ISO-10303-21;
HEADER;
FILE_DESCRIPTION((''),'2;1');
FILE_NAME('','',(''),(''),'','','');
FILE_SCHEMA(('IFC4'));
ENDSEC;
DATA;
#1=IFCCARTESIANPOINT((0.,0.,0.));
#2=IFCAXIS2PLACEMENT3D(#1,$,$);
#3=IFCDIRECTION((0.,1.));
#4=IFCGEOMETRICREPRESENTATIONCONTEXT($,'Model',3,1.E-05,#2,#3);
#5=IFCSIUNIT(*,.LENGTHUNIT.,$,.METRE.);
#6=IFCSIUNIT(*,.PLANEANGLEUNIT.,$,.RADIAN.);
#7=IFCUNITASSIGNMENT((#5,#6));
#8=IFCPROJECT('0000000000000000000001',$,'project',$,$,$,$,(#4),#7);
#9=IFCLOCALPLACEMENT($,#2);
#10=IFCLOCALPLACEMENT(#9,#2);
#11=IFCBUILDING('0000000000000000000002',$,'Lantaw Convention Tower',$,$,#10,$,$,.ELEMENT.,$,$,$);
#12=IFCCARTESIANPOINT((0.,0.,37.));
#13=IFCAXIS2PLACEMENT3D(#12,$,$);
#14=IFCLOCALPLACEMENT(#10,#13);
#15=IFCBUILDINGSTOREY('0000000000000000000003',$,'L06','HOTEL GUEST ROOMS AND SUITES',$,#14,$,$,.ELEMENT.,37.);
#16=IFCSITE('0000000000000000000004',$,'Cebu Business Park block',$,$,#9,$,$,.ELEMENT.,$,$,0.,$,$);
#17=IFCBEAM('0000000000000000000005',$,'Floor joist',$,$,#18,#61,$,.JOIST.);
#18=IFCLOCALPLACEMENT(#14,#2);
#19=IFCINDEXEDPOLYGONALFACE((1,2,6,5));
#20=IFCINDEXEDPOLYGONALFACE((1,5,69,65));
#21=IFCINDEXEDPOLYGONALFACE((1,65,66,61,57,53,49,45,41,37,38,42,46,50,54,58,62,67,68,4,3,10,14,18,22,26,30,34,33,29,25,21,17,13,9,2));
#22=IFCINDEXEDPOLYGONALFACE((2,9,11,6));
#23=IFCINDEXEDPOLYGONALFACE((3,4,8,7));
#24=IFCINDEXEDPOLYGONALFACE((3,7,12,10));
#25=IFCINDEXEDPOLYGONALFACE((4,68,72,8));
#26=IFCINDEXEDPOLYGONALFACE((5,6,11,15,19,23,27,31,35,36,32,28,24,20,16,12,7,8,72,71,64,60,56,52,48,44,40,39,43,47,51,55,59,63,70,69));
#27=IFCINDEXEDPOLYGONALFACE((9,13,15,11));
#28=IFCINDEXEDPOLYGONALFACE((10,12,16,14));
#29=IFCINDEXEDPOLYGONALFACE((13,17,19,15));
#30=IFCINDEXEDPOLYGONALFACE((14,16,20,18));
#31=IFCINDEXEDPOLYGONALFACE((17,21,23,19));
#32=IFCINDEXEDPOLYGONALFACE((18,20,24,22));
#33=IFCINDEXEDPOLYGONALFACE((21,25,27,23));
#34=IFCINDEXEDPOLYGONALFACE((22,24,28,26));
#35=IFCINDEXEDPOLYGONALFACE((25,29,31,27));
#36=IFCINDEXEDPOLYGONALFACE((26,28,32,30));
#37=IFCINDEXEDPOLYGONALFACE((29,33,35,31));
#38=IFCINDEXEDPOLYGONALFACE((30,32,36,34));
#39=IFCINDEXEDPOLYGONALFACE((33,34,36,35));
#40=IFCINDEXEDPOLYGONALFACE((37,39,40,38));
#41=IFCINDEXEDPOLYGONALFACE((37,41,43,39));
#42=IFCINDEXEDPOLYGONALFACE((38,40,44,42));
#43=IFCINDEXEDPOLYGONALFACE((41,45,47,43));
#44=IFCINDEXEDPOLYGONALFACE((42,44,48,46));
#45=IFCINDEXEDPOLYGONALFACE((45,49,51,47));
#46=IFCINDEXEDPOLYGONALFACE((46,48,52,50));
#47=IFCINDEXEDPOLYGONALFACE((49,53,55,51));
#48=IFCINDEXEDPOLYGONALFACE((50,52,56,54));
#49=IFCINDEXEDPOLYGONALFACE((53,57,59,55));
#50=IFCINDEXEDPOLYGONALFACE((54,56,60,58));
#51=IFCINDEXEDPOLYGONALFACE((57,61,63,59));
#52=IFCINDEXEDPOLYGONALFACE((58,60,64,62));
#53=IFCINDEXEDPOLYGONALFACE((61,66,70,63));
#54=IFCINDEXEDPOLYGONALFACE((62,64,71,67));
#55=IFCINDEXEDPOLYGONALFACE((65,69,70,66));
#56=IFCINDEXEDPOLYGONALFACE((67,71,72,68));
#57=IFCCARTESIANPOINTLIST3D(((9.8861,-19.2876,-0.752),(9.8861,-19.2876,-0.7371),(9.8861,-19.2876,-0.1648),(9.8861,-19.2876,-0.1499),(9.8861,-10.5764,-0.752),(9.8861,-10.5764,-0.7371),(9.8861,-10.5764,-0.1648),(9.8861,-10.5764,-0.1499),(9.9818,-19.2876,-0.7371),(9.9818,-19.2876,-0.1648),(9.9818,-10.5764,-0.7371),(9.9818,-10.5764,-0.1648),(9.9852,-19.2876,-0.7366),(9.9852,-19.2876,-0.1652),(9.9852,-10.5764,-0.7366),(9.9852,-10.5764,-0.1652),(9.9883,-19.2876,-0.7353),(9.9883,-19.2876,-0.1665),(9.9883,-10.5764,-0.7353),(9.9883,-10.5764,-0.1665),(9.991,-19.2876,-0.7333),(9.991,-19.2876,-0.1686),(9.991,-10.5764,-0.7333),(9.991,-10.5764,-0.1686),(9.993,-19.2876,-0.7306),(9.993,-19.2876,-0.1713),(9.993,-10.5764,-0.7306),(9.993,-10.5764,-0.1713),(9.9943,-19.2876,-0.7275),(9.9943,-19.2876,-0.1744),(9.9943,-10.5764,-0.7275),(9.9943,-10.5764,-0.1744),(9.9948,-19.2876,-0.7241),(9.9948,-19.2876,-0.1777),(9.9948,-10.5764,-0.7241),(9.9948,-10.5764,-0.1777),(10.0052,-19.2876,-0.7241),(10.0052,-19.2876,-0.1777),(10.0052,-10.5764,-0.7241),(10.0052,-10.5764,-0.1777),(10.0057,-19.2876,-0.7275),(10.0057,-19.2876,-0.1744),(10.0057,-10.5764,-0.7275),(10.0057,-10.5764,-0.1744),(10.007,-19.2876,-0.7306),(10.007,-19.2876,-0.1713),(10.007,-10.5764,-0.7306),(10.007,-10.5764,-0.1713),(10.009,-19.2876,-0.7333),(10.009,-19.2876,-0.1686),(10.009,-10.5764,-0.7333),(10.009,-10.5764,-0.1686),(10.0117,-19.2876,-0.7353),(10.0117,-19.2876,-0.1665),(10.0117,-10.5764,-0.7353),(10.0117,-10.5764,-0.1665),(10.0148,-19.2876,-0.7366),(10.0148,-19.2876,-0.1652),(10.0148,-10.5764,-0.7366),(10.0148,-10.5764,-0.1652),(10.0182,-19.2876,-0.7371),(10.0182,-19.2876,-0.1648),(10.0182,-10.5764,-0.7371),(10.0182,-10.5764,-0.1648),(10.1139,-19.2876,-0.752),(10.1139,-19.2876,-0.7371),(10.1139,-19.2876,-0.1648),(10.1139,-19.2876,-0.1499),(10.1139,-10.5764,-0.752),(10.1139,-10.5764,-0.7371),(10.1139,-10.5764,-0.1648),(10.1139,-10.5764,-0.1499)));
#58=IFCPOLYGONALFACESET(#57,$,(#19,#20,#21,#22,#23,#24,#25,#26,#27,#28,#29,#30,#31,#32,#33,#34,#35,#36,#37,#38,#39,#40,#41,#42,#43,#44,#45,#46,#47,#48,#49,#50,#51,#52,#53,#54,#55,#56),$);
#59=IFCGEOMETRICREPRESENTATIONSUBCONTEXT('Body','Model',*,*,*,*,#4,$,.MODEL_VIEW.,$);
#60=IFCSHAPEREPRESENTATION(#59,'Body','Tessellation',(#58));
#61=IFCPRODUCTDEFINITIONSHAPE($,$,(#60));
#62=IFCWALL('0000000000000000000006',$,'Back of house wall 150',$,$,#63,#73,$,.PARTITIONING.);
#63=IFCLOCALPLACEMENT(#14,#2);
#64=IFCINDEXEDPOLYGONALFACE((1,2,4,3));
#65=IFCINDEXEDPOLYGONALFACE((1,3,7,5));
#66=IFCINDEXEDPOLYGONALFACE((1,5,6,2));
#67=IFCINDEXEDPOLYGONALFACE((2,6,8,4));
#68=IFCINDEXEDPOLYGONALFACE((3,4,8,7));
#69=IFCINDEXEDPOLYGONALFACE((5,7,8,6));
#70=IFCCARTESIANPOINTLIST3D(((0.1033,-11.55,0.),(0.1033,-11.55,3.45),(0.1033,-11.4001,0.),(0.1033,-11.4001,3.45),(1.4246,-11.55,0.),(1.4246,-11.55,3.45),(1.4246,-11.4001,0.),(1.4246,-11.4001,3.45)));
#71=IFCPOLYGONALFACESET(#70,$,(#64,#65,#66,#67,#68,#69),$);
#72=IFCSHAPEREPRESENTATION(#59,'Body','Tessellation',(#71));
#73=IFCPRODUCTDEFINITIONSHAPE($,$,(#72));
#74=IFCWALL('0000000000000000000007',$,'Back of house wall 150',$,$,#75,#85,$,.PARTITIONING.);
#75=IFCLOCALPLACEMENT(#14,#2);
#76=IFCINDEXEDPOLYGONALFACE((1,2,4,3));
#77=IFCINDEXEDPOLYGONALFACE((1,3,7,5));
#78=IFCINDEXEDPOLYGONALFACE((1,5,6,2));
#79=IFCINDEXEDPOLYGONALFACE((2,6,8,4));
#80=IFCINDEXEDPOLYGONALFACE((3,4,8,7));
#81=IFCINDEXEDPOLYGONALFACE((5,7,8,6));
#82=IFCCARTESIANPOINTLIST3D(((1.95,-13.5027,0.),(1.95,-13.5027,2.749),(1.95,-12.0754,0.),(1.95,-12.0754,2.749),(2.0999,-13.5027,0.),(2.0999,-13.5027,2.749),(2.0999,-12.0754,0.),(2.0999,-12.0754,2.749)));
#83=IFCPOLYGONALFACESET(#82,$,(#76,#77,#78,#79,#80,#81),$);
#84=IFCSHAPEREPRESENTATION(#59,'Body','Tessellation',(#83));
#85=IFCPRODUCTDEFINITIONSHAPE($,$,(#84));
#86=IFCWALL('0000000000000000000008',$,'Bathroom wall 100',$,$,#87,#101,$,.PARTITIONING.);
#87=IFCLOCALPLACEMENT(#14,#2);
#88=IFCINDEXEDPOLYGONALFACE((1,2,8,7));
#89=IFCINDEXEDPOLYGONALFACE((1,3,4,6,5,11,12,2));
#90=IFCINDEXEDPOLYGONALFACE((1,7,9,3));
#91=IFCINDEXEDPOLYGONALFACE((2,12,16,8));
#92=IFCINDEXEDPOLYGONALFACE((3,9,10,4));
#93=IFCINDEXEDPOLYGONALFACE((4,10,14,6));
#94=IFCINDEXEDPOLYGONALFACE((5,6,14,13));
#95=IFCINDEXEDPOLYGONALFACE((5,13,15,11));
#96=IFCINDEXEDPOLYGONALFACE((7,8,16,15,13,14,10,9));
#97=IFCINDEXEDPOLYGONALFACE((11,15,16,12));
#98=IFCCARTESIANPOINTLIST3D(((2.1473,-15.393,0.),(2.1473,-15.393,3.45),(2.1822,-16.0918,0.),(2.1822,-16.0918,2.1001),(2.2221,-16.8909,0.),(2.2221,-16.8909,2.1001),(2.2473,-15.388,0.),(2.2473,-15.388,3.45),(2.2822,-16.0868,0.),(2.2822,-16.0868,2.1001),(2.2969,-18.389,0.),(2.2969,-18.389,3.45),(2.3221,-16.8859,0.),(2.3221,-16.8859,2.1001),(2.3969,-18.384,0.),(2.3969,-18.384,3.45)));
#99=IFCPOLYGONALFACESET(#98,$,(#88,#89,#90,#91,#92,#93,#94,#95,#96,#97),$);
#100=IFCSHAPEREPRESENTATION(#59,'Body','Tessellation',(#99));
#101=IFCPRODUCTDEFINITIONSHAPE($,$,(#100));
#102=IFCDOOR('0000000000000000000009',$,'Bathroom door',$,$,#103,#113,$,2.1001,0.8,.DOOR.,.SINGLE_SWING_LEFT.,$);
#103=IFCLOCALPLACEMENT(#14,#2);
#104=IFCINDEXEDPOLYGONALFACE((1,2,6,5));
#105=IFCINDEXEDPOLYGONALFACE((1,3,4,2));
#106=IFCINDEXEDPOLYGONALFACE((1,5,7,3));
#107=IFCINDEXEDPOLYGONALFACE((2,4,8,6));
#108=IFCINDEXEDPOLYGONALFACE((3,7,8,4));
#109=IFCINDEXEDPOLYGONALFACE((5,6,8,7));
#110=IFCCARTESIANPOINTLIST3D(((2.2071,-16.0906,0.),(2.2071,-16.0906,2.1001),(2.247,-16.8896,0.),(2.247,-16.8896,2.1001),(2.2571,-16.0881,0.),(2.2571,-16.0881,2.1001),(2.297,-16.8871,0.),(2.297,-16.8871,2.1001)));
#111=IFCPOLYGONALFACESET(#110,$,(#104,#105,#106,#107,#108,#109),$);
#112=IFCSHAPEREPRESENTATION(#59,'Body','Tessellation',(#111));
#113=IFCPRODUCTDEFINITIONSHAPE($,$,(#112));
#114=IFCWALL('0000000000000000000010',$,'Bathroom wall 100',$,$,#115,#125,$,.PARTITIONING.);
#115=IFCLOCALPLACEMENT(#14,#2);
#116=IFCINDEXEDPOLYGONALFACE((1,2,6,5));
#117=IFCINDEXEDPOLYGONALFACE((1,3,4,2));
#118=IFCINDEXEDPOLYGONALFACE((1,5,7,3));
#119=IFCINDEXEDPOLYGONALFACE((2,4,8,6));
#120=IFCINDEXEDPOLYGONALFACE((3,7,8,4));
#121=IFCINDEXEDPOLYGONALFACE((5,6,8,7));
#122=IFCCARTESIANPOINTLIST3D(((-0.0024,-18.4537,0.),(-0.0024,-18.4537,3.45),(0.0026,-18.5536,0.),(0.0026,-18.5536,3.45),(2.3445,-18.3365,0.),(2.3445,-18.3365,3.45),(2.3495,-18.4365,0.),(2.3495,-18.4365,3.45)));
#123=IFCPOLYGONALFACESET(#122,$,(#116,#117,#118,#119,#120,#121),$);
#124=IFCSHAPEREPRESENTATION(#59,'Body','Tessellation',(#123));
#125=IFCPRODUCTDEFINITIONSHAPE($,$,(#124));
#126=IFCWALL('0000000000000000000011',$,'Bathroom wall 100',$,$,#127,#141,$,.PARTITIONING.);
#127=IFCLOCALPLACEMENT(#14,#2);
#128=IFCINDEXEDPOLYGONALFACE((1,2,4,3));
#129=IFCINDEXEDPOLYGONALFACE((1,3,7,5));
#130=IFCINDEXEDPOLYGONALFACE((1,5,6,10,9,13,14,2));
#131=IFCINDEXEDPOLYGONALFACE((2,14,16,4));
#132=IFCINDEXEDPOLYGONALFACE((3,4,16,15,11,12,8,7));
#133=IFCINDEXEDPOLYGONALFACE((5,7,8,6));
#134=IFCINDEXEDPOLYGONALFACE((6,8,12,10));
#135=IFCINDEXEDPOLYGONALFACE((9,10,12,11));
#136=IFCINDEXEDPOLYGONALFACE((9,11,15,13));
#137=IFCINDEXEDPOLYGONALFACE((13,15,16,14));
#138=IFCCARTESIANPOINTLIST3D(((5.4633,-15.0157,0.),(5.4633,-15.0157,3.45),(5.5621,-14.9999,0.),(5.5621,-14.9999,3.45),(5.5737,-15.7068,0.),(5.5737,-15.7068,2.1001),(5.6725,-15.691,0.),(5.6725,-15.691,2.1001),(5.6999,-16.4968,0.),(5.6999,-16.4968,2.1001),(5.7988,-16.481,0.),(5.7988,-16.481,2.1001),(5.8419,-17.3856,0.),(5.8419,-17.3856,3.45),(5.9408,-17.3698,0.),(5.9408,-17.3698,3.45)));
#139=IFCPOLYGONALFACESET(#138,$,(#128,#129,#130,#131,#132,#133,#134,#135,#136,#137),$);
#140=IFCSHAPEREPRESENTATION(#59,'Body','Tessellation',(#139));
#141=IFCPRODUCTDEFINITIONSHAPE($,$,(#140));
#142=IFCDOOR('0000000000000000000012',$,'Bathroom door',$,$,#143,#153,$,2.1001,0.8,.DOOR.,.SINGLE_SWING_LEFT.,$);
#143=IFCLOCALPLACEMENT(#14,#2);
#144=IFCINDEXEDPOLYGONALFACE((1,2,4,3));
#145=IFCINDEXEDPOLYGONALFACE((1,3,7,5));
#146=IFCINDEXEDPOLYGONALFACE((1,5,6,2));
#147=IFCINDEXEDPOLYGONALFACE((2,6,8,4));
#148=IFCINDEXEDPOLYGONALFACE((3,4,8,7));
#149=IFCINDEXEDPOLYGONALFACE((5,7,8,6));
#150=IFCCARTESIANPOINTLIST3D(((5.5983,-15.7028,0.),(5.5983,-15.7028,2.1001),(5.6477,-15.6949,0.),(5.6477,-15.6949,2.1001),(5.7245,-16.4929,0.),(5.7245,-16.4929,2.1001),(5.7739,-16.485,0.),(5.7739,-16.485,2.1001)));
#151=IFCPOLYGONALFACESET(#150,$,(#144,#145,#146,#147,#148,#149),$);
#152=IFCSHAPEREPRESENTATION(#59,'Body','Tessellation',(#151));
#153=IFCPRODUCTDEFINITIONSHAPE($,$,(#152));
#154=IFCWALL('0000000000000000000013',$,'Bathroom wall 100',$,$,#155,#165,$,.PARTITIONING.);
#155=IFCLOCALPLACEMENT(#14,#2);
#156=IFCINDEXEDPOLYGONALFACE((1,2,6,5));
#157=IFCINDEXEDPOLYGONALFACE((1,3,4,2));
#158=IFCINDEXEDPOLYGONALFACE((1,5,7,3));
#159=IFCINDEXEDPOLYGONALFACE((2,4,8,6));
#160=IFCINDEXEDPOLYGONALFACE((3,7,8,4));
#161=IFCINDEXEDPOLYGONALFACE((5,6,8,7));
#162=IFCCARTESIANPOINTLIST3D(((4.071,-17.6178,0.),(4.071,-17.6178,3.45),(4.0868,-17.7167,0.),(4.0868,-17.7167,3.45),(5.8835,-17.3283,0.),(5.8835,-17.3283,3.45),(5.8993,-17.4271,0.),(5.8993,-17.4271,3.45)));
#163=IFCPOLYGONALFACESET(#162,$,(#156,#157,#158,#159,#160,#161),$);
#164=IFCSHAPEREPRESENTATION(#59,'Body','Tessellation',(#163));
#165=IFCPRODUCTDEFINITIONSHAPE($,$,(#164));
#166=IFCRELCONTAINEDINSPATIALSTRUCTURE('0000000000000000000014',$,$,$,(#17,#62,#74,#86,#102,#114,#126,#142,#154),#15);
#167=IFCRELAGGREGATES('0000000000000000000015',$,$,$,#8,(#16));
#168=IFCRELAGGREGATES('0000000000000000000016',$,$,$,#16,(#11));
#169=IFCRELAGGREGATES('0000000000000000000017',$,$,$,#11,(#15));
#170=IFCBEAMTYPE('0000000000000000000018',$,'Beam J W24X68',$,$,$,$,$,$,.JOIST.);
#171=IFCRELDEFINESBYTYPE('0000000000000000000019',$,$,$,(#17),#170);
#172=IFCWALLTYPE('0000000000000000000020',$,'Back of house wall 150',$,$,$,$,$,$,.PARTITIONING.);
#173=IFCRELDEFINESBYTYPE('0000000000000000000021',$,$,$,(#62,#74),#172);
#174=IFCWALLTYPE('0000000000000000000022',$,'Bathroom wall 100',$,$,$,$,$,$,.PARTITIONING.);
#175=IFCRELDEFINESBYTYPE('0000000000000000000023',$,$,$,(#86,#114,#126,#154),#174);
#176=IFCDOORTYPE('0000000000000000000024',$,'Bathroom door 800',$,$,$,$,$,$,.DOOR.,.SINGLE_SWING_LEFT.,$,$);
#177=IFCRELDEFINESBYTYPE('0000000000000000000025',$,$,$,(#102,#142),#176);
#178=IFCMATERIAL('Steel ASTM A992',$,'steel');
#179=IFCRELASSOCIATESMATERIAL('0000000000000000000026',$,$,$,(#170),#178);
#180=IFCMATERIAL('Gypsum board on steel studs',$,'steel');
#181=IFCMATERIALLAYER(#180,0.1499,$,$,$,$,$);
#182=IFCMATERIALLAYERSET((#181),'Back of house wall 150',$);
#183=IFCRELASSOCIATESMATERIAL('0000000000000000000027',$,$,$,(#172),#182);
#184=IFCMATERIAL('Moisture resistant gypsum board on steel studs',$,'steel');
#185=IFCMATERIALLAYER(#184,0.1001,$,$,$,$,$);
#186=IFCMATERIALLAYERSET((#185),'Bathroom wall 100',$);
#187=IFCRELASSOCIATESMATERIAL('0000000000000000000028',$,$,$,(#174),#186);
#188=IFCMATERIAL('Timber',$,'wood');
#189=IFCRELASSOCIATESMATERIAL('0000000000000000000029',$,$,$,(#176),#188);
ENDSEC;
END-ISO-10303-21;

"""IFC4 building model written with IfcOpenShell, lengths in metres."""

from ifc_helpers import new_model, si_unit, direction, frame, frame_2d, origin, origin_2d, place, context, subcontext, project, spatial, rectangle, i_section, extrude, material, layer, layer_set, material_profile, profile_set, type_object, element, fill, save


model = new_model("IFC4")

# Units and contexts
model_context = context("Model", 3, precision=1e-05, world=origin(), true_north=direction((0.0, 1.0)))
body_context = subcontext(model_context, "Body", "Model", "MODEL_VIEW")
ifc_project = project(units=[si_unit("LENGTHUNIT", "METRE"), si_unit("PLANEANGLEUNIT", "RADIAN")], contexts=[model_context])

# Site, building, storey
site_placement = place(None, origin())
site = spatial("IfcSite", under=ifc_project, at=site_placement, Name="Cebu Business Park block", CompositionType="ELEMENT", RefElevation=0.0)
building_placement = place(site_placement, origin())
building = spatial("IfcBuilding", under=site, at=building_placement, Name="Lantaw Convention Tower", CompositionType="ELEMENT")
storey_placement = place(building_placement, frame((0.0, 0.0, 37.0)))
storey = spatial("IfcBuildingStorey", under=building, at=storey_placement, Name="L06", Description="HOTEL GUEST ROOMS AND SUITES", CompositionType="ELEMENT", Elevation=37.0)

# Beam
ifc_material_1 = material(Name="Steel ASTM A992", Category="steel")
ifc_material_profile = material_profile(ifc_material_1, i_section(OverallWidth=0.2278, OverallDepth=0.6021, WebThickness=0.0105, FlangeThickness=0.0149, FilletRadius=0.0129, at=origin_2d()), Name="W24X68")
ifc_profile_set = profile_set([ifc_material_profile], Name="Steel ASTM A992")
beam_type = type_object("IfcBeamType", Name="Beam J W24X68", PredefinedType="JOIST", material=ifc_profile_set)
beam_placement = place(storey_placement, frame((10.0, -19.2876, -0.4509), z_axis=(0.0, 1.0, 0.0), x_axis=(-1.0, 0.0, 0.0)))
element("IfcBeam", 1, at=beam_placement, inside=storey, type_object=beam_type, Name="Floor joist", PredefinedType="JOIST", context=body_context, shape_type="SweptSolid", body=[
    extrude(i_section(OverallWidth=0.2278, OverallDepth=0.6021, WebThickness=0.0105, FlangeThickness=0.0149, FilletRadius=0.0129, at=origin_2d()), origin(), (0.0, 0.0, 1.0), 8.7112),
])

# Walls
ifc_material_2 = material(Name="Gypsum board on steel studs", Category="steel")
ifc_layer_1 = layer(ifc_material_2, 0.1499)
ifc_layer_set_1 = layer_set([ifc_layer_1], Name="Back of house wall 150")
wall_type_1 = type_object("IfcWallType", Name="Back of house wall 150", PredefinedType="PARTITIONING", material=ifc_layer_set_1)
wall_1_placement = place(storey_placement, frame((0.1033, -11.4751, 0.0), z_axis=(0.0, 0.0, 1.0), x_axis=(1.0, 0.0, 0.0)))
element("IfcWall", 2, at=wall_1_placement, inside=storey, type_object=wall_type_1, Name="Back of house wall 150", PredefinedType="PARTITIONING", context=body_context, shape_type="SweptSolid", body=[
    extrude(rectangle(XDim=1.3213, YDim=0.1499, at=frame_2d((0.6606, 0.0))), origin(), (0.0, 0.0, 1.0), 3.45),
])
wall_2_placement = place(storey_placement, frame((2.0249, -12.0754, 0.0), z_axis=(0.0, 0.0, 1.0), x_axis=(0.0, -1.0, 0.0)))
element("IfcWall", 3, at=wall_2_placement, inside=storey, type_object=wall_type_1, Name="Back of house wall 150", PredefinedType="PARTITIONING", context=body_context, shape_type="SweptSolid", body=[
    extrude(rectangle(XDim=1.4272, YDim=0.1499, at=frame_2d((0.7136, 0.0))), origin(), (0.0, 0.0, 1.0), 2.749),
])

# Wall, opening, door
ifc_material_3 = material(Name="Moisture resistant gypsum board on steel studs", Category="steel")
ifc_layer_2 = layer(ifc_material_3, 0.1001)
ifc_layer_set_2 = layer_set([ifc_layer_2], Name="Bathroom wall 100")
wall_type_2 = type_object("IfcWallType", Name="Bathroom wall 100", PredefinedType="PARTITIONING", material=ifc_layer_set_2)
wall_3_placement = place(storey_placement, frame((2.1973, -15.3904, 0.0), z_axis=(0.0, 0.0, 1.0), x_axis=(0.049889, -0.998755, 0.0)))
wall_3 = element("IfcWall", 4, at=wall_3_placement, inside=storey, type_object=wall_type_2, Name="Bathroom wall 100", PredefinedType="PARTITIONING", context=body_context, shape_type="SweptSolid", body=[
    extrude(rectangle(XDim=2.9998, YDim=0.1001, at=frame_2d((1.5, 0.0))), origin(), (0.0, 0.0, 1.0), 3.45),
])
opening_1_placement = place(wall_3_placement, frame((0.7, 0.0, 0.0)))
opening_1 = element("IfcOpeningElement", 5, at=opening_1_placement, cuts=wall_3, PredefinedType="OPENING", context=body_context, shape_type="SweptSolid", body=[
    extrude(rectangle(XDim=0.8, YDim=2.1001, at=frame_2d((0.3999, 1.05))), frame((0.0, 0.0601, 0.0), z_axis=(0.0, -1.0, 0.0), x_axis=(1.0, 0.0, 0.0)), (0.0, 0.0, 1.0), 0.1201),
])
ifc_material_4 = material(Name="Timber", Category="wood")
door_type_1 = type_object("IfcDoorType", Name="Bathroom door 800", OperationType="SINGLE_SWING_LEFT", PredefinedType="DOOR", material=ifc_material_4)
door_1_placement = place(opening_1_placement, origin())
door_1 = element("IfcDoor", 6, at=door_1_placement, inside=storey, type_object=door_type_1, Name="Bathroom door", OperationType="SINGLE_SWING_LEFT", OverallHeight=2.1001, OverallWidth=0.8, PredefinedType="DOOR", context=body_context, shape_type="SweptSolid", body=[
    extrude(rectangle(XDim=0.8, YDim=2.1001, at=frame_2d((0.3999, 1.05))), frame((0.0, 0.0249, 0.0), z_axis=(0.0, -1.0, 0.0), x_axis=(1.0, 0.0, 0.0)), (0.0, 0.0, 1.0), 0.05),
])
fill(opening_1, door_1)

# Wall
wall_4_placement = place(storey_placement, frame((2.3469, -18.3865, 0.0), z_axis=(0.0, 0.0, 1.0), x_axis=(-0.998756, -0.04987, 0.0)))
element("IfcWall", 7, at=wall_4_placement, inside=storey, type_object=wall_type_2, Name="Bathroom wall 100", PredefinedType="PARTITIONING", context=body_context, shape_type="SweptSolid", body=[
    extrude(rectangle(XDim=2.3499, YDim=0.1001, at=frame_2d((1.1748, 0.0))), origin(), (0.0, 0.0, 1.0), 3.45),
])

# Wall, opening, door
wall_5_placement = place(storey_placement, frame((5.5127, -15.0078, 0.0), z_axis=(0.0, 0.0, 1.0), x_axis=(0.15778, -0.987474, 0.0)))
wall_5 = element("IfcWall", 8, at=wall_5_placement, inside=storey, type_object=wall_type_2, Name="Bathroom wall 100", PredefinedType="PARTITIONING", context=body_context, shape_type="SweptSolid", body=[
    extrude(rectangle(XDim=2.3999, YDim=0.1001, at=frame_2d((1.2, 0.0))), origin(), (0.0, 0.0, 1.0), 3.45),
])
opening_2_placement = place(wall_5_placement, frame((0.7, 0.0, 0.0)))
opening_2 = element("IfcOpeningElement", 9, at=opening_2_placement, cuts=wall_5, PredefinedType="OPENING", context=body_context, shape_type="SweptSolid", body=[
    extrude(rectangle(XDim=0.8, YDim=2.1001, at=frame_2d((0.3999, 1.05))), frame((0.0, 0.0601, 0.0), z_axis=(0.0, -1.0, 0.0), x_axis=(1.0, 0.0, 0.0)), (0.0, 0.0, 1.0), 0.1201),
])
door_2_placement = place(opening_2_placement, origin())
door_2 = element("IfcDoor", 10, at=door_2_placement, inside=storey, type_object=door_type_1, Name="Bathroom door", OperationType="SINGLE_SWING_LEFT", OverallHeight=2.1001, OverallWidth=0.8, PredefinedType="DOOR", context=body_context, shape_type="SweptSolid", body=[
    extrude(rectangle(XDim=0.8, YDim=2.1001, at=frame_2d((0.3999, 1.05))), frame((0.0, 0.0249, 0.0), z_axis=(0.0, -1.0, 0.0), x_axis=(1.0, 0.0, 0.0)), (0.0, 0.0, 1.0), 0.05),
])
fill(opening_2, door_2)

# Wall
wall_6_placement = place(storey_placement, frame((5.8914, -17.3777, 0.0), z_axis=(0.0, 0.0, 1.0), x_axis=(-0.987479, -0.157752, 0.0)))
element("IfcWall", 11, at=wall_6_placement, inside=storey, type_object=wall_type_2, Name="Bathroom wall 100", PredefinedType="PARTITIONING", context=body_context, shape_type="SweptSolid", body=[
    extrude(rectangle(XDim=1.8354, YDim=0.1001, at=frame_2d((0.9177, 0.0))), origin(), (0.0, 0.0, 1.0), 3.45),
])

save(model, "model.ifc")
